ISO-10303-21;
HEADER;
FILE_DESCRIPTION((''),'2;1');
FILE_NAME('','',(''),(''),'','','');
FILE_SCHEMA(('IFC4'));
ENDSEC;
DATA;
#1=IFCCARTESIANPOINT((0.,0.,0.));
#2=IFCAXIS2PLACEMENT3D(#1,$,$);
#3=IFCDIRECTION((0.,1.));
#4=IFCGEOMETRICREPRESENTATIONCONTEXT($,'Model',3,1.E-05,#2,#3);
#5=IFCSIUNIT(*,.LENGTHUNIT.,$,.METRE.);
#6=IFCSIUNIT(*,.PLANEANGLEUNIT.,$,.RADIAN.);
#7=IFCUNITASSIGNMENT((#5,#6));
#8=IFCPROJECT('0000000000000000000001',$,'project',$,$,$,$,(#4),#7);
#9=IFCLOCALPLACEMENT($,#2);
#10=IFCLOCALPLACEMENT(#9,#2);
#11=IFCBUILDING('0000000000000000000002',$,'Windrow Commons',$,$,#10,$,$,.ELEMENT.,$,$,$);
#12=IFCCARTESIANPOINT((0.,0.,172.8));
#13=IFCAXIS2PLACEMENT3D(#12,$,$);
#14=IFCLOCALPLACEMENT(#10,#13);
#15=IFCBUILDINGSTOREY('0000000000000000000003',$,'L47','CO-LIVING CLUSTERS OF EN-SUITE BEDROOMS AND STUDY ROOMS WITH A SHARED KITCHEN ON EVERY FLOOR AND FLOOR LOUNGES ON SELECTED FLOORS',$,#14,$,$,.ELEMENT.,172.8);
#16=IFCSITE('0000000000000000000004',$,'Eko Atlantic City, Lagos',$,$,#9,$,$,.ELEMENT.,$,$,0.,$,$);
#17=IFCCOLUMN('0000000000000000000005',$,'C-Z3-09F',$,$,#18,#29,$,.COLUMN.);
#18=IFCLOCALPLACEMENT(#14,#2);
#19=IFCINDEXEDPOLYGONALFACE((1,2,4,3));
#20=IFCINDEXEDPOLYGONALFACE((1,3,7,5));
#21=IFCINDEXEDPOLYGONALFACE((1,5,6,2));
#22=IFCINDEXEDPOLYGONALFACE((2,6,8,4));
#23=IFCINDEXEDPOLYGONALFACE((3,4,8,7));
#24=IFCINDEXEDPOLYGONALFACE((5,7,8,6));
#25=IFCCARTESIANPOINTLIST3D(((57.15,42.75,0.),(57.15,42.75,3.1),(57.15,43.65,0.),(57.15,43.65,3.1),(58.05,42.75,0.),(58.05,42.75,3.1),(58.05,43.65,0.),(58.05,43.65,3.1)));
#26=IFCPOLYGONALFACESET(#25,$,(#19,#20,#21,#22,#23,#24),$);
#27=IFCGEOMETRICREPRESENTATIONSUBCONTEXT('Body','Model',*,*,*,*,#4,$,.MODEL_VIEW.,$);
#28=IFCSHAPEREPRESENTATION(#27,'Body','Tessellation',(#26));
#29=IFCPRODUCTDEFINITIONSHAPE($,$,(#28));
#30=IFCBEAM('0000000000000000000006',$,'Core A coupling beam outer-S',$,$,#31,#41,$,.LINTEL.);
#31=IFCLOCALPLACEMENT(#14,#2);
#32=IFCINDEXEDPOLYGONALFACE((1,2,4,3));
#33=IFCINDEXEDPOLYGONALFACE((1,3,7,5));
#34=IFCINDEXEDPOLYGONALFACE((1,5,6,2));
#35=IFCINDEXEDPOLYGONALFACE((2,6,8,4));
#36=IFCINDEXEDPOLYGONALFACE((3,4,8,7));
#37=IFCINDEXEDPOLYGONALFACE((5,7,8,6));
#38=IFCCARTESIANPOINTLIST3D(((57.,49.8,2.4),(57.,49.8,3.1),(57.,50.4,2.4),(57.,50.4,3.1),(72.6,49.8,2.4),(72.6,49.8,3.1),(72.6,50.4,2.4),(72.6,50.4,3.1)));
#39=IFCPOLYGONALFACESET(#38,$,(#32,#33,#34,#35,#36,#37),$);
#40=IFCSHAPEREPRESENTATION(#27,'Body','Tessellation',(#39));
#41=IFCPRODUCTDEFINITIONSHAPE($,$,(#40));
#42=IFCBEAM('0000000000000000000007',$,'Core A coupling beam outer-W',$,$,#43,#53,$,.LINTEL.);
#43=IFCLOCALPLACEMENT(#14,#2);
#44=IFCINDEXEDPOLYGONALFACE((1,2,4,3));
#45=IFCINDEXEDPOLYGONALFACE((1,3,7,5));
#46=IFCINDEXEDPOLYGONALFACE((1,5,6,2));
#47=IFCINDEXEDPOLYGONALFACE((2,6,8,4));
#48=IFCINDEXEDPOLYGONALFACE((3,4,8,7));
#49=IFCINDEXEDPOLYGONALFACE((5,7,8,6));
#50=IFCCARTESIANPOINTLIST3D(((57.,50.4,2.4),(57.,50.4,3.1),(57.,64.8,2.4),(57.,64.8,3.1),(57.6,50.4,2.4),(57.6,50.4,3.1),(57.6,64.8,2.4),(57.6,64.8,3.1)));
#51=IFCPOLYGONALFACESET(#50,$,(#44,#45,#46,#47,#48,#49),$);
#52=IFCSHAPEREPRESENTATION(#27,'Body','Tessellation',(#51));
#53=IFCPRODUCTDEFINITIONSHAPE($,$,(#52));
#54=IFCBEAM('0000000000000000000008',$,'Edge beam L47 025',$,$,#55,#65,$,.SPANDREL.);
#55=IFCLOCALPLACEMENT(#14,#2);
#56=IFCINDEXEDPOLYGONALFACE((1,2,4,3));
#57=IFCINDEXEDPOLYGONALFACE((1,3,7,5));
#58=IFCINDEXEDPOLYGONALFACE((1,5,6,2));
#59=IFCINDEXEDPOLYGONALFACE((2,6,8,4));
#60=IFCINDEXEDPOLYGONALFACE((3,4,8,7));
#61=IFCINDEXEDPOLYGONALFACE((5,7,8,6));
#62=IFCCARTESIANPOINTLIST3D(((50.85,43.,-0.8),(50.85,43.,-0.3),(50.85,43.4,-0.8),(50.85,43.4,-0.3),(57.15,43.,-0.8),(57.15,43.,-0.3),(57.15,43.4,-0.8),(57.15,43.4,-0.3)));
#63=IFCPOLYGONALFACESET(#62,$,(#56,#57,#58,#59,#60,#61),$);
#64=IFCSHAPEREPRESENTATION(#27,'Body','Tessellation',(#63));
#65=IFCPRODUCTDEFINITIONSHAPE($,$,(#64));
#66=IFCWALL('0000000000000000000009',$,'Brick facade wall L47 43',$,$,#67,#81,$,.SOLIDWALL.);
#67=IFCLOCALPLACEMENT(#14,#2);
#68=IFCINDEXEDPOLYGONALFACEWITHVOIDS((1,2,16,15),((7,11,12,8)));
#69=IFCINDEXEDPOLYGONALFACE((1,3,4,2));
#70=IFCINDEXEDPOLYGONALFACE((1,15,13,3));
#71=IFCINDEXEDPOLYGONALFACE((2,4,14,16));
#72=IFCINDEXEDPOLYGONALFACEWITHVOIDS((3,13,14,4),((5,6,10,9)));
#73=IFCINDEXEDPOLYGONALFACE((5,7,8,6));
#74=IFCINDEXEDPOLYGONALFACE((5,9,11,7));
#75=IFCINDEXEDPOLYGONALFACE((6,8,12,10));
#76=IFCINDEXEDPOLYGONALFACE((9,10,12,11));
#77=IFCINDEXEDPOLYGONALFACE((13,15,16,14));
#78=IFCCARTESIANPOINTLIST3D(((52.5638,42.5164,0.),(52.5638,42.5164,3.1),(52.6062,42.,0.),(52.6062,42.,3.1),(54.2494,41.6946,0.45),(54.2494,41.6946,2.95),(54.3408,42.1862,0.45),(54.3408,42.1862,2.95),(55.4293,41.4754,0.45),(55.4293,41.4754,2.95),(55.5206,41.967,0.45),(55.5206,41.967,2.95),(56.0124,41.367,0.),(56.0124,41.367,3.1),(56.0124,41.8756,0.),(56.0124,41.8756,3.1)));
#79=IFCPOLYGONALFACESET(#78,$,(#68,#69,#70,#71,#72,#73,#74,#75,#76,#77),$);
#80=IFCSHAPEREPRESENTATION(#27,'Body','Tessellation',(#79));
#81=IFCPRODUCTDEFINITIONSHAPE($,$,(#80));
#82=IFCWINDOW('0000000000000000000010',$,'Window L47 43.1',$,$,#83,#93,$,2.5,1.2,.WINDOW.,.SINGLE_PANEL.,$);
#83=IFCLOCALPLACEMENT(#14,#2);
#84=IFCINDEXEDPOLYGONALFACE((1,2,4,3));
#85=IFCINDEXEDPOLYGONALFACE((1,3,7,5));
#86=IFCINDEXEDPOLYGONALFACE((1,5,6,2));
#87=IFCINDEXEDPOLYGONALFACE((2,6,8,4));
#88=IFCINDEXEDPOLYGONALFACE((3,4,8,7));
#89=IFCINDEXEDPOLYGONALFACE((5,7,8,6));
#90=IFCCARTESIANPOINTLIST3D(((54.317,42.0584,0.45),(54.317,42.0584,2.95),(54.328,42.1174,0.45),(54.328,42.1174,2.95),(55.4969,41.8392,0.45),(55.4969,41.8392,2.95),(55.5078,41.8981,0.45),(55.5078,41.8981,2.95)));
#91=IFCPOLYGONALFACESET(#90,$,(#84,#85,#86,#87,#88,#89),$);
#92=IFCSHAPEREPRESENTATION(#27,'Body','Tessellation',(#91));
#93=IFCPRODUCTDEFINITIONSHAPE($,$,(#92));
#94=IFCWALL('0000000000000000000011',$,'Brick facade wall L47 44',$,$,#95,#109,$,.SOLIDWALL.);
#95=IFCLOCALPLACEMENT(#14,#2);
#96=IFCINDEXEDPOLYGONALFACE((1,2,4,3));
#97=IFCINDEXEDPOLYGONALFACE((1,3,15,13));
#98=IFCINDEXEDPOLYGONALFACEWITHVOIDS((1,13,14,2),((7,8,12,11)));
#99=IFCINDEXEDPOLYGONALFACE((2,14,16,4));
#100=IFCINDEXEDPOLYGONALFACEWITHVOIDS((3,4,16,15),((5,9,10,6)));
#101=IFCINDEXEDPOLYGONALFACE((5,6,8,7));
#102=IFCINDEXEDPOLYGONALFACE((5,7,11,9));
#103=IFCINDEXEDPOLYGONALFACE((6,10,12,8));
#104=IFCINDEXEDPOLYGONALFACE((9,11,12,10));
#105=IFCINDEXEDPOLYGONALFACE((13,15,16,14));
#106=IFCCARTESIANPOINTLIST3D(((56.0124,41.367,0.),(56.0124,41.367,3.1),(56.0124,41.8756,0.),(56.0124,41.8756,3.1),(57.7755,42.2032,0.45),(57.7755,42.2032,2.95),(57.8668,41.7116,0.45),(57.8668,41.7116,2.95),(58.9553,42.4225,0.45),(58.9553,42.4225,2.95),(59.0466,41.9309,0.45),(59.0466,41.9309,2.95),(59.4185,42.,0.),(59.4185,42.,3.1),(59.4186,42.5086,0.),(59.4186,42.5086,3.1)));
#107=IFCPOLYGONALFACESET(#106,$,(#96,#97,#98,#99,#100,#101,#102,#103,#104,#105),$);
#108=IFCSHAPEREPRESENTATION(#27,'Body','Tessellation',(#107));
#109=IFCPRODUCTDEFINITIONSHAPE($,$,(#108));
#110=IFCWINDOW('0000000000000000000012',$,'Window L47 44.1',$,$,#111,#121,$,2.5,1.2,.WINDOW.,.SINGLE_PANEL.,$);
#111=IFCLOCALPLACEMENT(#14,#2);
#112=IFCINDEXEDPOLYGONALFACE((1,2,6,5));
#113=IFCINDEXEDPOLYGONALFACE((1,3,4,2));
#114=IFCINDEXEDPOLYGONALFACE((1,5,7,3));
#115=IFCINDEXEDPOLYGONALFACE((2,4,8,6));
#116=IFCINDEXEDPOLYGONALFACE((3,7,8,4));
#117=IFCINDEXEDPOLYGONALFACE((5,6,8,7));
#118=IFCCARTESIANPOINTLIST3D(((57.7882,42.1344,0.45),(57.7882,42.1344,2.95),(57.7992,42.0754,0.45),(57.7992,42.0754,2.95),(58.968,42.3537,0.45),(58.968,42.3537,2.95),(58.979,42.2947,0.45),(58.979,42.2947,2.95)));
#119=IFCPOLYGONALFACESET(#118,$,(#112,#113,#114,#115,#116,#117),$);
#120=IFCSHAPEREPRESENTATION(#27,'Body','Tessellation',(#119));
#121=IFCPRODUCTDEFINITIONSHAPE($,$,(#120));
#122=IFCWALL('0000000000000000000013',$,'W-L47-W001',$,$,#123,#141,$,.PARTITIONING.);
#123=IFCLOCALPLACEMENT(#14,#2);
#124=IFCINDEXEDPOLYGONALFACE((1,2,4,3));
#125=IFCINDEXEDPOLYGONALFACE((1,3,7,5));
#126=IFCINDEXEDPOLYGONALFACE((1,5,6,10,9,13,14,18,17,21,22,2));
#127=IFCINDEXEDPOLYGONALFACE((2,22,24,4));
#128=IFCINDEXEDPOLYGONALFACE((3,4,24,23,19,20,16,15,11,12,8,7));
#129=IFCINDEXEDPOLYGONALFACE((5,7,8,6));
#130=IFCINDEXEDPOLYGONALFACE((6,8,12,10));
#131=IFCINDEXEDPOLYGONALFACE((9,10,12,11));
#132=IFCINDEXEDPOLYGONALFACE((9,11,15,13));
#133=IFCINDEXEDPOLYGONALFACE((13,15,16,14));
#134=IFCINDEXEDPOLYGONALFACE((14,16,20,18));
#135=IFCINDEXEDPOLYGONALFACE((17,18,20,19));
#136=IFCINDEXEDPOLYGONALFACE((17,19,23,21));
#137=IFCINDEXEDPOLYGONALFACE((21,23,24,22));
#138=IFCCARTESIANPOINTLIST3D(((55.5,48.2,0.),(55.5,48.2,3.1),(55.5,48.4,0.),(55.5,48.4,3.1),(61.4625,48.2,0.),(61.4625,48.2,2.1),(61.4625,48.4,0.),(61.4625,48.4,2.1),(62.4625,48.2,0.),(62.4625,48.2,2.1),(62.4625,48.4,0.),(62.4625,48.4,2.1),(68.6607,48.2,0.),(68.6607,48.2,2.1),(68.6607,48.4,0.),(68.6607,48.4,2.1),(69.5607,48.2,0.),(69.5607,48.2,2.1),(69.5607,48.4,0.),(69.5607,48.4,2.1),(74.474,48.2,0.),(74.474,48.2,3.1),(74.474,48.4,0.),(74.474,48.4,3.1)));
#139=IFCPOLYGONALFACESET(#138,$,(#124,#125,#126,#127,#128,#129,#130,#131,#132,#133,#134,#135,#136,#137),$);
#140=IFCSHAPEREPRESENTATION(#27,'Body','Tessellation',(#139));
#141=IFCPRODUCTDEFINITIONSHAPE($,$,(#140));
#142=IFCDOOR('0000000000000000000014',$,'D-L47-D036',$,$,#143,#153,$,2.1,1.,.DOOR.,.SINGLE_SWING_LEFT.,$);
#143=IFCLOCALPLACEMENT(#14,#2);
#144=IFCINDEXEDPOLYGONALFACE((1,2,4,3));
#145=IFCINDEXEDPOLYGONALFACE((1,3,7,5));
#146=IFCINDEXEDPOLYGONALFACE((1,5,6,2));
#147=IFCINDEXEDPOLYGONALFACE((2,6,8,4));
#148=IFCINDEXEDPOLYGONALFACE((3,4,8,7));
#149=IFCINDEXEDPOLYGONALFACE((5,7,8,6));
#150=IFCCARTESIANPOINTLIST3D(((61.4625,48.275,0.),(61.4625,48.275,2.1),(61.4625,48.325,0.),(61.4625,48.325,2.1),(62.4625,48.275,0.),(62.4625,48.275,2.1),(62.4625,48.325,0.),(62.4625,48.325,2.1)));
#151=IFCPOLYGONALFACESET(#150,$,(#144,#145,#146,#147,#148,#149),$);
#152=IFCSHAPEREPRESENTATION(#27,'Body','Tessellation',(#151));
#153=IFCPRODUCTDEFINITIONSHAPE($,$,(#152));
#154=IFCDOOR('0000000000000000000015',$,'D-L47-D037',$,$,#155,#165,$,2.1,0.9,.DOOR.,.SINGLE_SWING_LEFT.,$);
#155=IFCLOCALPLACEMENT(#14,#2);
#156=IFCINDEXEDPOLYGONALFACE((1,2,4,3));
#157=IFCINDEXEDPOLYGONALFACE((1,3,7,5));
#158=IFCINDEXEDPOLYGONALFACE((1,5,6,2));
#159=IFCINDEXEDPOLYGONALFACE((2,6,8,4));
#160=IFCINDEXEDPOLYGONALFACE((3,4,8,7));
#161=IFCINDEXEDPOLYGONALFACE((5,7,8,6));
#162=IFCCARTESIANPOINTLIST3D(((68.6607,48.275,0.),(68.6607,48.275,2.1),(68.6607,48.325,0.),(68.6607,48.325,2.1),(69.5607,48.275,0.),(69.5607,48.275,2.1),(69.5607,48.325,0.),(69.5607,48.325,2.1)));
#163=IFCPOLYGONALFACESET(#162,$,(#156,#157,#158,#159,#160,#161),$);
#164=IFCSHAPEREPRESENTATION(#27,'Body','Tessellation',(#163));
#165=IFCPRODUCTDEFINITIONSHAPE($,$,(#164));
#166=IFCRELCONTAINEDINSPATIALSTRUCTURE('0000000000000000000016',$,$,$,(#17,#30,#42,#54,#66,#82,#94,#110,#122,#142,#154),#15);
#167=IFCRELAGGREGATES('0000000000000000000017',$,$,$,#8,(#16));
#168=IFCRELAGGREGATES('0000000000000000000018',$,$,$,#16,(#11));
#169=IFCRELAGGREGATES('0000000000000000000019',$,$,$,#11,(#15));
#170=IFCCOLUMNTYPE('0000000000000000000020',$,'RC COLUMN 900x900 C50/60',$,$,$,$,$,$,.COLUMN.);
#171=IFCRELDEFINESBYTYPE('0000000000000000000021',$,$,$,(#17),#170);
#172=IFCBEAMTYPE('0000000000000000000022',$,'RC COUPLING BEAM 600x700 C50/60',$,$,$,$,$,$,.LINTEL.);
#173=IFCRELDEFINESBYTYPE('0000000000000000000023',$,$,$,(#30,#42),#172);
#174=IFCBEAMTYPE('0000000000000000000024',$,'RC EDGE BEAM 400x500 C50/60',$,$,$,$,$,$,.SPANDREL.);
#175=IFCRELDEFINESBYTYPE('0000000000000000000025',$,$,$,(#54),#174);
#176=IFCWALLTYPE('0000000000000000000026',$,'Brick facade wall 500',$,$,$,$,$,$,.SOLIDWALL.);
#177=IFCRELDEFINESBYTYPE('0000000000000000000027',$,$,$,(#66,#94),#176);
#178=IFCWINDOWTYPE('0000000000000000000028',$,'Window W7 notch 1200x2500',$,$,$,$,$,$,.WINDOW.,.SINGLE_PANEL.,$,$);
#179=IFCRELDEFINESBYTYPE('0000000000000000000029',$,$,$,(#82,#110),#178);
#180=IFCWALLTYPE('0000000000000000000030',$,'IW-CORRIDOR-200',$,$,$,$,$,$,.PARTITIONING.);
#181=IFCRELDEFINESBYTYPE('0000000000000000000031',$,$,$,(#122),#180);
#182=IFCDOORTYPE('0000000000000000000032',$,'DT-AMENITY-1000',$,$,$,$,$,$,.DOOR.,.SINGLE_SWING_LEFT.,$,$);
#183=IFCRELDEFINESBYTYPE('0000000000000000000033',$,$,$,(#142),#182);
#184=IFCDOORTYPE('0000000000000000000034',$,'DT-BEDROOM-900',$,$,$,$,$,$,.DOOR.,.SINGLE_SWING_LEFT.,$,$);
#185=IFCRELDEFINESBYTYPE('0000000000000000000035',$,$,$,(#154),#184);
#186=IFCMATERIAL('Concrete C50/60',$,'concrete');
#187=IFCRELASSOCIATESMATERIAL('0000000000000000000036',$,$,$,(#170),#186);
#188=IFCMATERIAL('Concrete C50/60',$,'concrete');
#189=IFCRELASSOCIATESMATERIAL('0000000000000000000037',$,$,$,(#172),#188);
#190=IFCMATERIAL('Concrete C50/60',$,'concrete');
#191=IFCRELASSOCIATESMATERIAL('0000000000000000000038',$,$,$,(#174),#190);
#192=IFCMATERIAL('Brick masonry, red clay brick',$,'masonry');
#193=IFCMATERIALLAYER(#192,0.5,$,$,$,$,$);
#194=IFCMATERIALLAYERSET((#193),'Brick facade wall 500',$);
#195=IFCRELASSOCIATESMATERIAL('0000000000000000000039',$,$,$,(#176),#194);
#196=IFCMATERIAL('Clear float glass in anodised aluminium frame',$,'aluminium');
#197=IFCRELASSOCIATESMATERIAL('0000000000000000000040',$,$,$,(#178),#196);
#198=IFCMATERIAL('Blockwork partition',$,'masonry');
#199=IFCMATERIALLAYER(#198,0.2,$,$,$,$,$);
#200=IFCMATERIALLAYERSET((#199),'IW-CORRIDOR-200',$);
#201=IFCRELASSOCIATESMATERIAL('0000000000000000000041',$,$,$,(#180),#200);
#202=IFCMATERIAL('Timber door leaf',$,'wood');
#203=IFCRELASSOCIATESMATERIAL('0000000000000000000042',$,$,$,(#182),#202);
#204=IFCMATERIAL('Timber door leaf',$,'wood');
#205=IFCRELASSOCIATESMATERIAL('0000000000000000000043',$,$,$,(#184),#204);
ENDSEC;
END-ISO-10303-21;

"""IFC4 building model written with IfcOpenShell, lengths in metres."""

from ifc_helpers import new_model, si_unit, direction, frame, frame_2d, origin, origin_2d, place, context, subcontext, project, spatial, polyline, rectangle, outline, extrude, material, layer, layer_set, material_profile, profile_set, type_object, element, fill, save


model = new_model("IFC4")

# Units and contexts
model_context = context("Model", 3, precision=1e-05, world=origin(), true_north=direction((0.0, 1.0)))
body_context = subcontext(model_context, "Body", "Model", "MODEL_VIEW")
ifc_project = project(units=[si_unit("LENGTHUNIT", "METRE"), si_unit("PLANEANGLEUNIT", "RADIAN")], contexts=[model_context])

# Site, building, storey
site_placement = place(None, origin())
site = spatial("IfcSite", under=ifc_project, at=site_placement, Name="Eko Atlantic City, Lagos", CompositionType="ELEMENT", RefElevation=0.0)
building_placement = place(site_placement, origin())
building = spatial("IfcBuilding", under=site, at=building_placement, Name="Windrow Commons", CompositionType="ELEMENT")
storey_placement = place(building_placement, frame((0.0, 0.0, 172.8)))
storey = spatial("IfcBuildingStorey", under=building, at=storey_placement, Name="L47", Description="CO-LIVING CLUSTERS OF EN-SUITE BEDROOMS AND STUDY ROOMS WITH A SHARED KITCHEN ON EVERY FLOOR AND FLOOR LOUNGES ON SELECTED FLOORS", CompositionType="ELEMENT", Elevation=172.8)

# Column
ifc_material_1 = material(Name="Concrete C50/60", Category="concrete")
ifc_material_profile_1 = material_profile(ifc_material_1, rectangle(XDim=0.9, YDim=0.9, at=origin_2d()))
ifc_profile_set_1 = profile_set([ifc_material_profile_1], Name="Concrete C50/60")
column_type = type_object("IfcColumnType", Name="RC COLUMN 900x900 C50/60", PredefinedType="COLUMN", material=ifc_profile_set_1)
column_placement = place(storey_placement, frame((57.6, 43.2, 0.0), z_axis=(0.0, 0.0, 1.0), x_axis=(1.0, 0.0, 0.0)))
element("IfcColumn", 1, at=column_placement, inside=storey, type_object=column_type, Name="C-Z3-09F", PredefinedType="COLUMN", context=body_context, shape_type="SweptSolid", body=[
    extrude(rectangle(XDim=0.9, YDim=0.9, at=origin_2d()), origin(), (0.0, 0.0, 1.0), 3.1),
])

# Beams
ifc_material_2 = material(Name="Concrete C50/60", Category="concrete")
ifc_material_profile_2 = material_profile(ifc_material_2, rectangle(XDim=0.6, YDim=0.7, at=origin_2d()))
ifc_profile_set_2 = profile_set([ifc_material_profile_2], Name="Concrete C50/60")
beam_type_1 = type_object("IfcBeamType", Name="RC COUPLING BEAM 600x700 C50/60", PredefinedType="LINTEL", material=ifc_profile_set_2)
beam_1_placement = place(storey_placement, frame((57.0, 50.1, 2.75), z_axis=(1.0, 0.0, 0.0), x_axis=(0.0, 1.0, 0.0)))
element("IfcBeam", 2, at=beam_1_placement, inside=storey, type_object=beam_type_1, Name="Core A coupling beam outer-S", PredefinedType="LINTEL", context=body_context, shape_type="SweptSolid", body=[
    extrude(rectangle(XDim=0.6, YDim=0.7, at=origin_2d()), origin(), (0.0, 0.0, 1.0), 15.6),
])
beam_2_placement = place(storey_placement, frame((57.3, 50.4, 2.75), z_axis=(0.0, 1.0, 0.0), x_axis=(-1.0, 0.0, 0.0)))
element("IfcBeam", 3, at=beam_2_placement, inside=storey, type_object=beam_type_1, Name="Core A coupling beam outer-W", PredefinedType="LINTEL", context=body_context, shape_type="SweptSolid", body=[
    extrude(rectangle(XDim=0.6, YDim=0.7, at=origin_2d()), origin(), (0.0, 0.0, 1.0), 14.4),
])
ifc_material_3 = material(Name="Concrete C50/60", Category="concrete")
ifc_material_profile_3 = material_profile(ifc_material_3, rectangle(XDim=0.4, YDim=0.5, at=origin_2d()))
ifc_profile_set_3 = profile_set([ifc_material_profile_3], Name="Concrete C50/60")
beam_type_2 = type_object("IfcBeamType", Name="RC EDGE BEAM 400x500 C50/60", PredefinedType="SPANDREL", material=ifc_profile_set_3)
beam_3_placement = place(storey_placement, frame((57.15, 43.2, -0.55), z_axis=(-1.0, 0.0, 0.0), x_axis=(0.0, -1.0, 0.0)))
element("IfcBeam", 4, at=beam_3_placement, inside=storey, type_object=beam_type_2, Name="Edge beam L47 025", PredefinedType="SPANDREL", context=body_context, shape_type="SweptSolid", body=[
    extrude(rectangle(XDim=0.4, YDim=0.5, at=origin_2d()), origin(), (0.0, 0.0, 1.0), 6.3),
])

# Walls, openings, windows
ifc_material_4 = material(Name="Brick masonry, red clay brick", Category="masonry")
ifc_layer_1 = layer(ifc_material_4, 0.5)
ifc_layer_set_1 = layer_set([ifc_layer_1], Name="Brick facade wall 500")
wall_type_1 = type_object("IfcWallType", Name="Brick facade wall 500", PredefinedType="SOLIDWALL", material=ifc_layer_set_1)
wall_1_placement = place(storey_placement, frame((52.585, 42.2582, 0.0), z_axis=(0.0, 0.0, 1.0), x_axis=(0.983169, -0.182698, 0.0)))
wall_1 = element("IfcWall", 5, at=wall_1_placement, inside=storey, type_object=wall_type_1, Name="Brick facade wall L47 43", PredefinedType="SOLIDWALL", context=body_context, shape_type="SweptSolid", body=[
    extrude(outline(polyline([(0.068, -0.25), (3.5325, -0.25), (3.4396, 0.25), (-0.068, 0.25), (0.068, -0.25)])), origin(), (0.0, 0.0, 1.0), 3.1),
])
opening_1_placement = place(wall_1_placement, frame((1.7394, 0.0, 0.45)))
opening_1 = element("IfcOpeningElement", 6, at=opening_1_placement, cuts=wall_1, PredefinedType="OPENING", context=body_context, shape_type="SweptSolid", body=[
    extrude(rectangle(XDim=1.2, YDim=2.5, at=frame_2d((0.6, 1.25))), frame((0.0, 0.26, 0.0), z_axis=(0.0, -1.0, 0.0), x_axis=(1.0, 0.0, 0.0)), (0.0, 0.0, 1.0), 0.52),
])
ifc_material_5 = material(Name="Clear float glass in anodised aluminium frame", Category="aluminium")
window_type = type_object("IfcWindowType", Name="Window W7 notch 1200x2500", PartitioningType="SINGLE_PANEL", PredefinedType="WINDOW", material=ifc_material_5)
window_1_placement = place(opening_1_placement, origin())
window_1 = element("IfcWindow", 7, at=window_1_placement, inside=storey, type_object=window_type, Name="Window L47 43.1", OverallHeight=2.5, OverallWidth=1.2, PartitioningType="SINGLE_PANEL", PredefinedType="WINDOW", context=body_context, shape_type="SweptSolid", body=[
    extrude(rectangle(XDim=1.2, YDim=2.5, at=frame_2d((0.6, 1.25))), frame((0.0, 0.18, 0.0), z_axis=(0.0, -1.0, 0.0), x_axis=(1.0, 0.0, 0.0)), (0.0, 0.0, 1.0), 0.06),
])
fill(opening_1, window_1)
wall_2_placement = place(storey_placement, frame((56.0124, 41.6213, 0.0), z_axis=(0.0, 0.0, 1.0), x_axis=(0.983166, 0.182715, 0.0)))
wall_2 = element("IfcWall", 8, at=wall_2_placement, inside=storey, type_object=wall_type_1, Name="Brick facade wall L47 44", PredefinedType="SOLIDWALL", context=body_context, shape_type="SweptSolid", body=[
    extrude(outline(polyline([(-0.0465, -0.25), (3.418, -0.25), (3.511, 0.25), (0.0465, 0.25), (-0.0465, -0.25)])), origin(), (0.0, 0.0, 1.0), 3.1),
])
opening_2_placement = place(wall_2_placement, frame((1.8397, 0.0, 0.45)))
opening_2 = element("IfcOpeningElement", 9, at=opening_2_placement, cuts=wall_2, PredefinedType="OPENING", context=body_context, shape_type="SweptSolid", body=[
    extrude(rectangle(XDim=1.2, YDim=2.5, at=frame_2d((0.6, 1.25))), frame((0.0, 0.26, 0.0), z_axis=(0.0, -1.0, 0.0), x_axis=(1.0, 0.0, 0.0)), (0.0, 0.0, 1.0), 0.52),
])
window_2_placement = place(opening_2_placement, origin())
window_2 = element("IfcWindow", 10, at=window_2_placement, inside=storey, type_object=window_type, Name="Window L47 44.1", OverallHeight=2.5, OverallWidth=1.2, PartitioningType="SINGLE_PANEL", PredefinedType="WINDOW", context=body_context, shape_type="SweptSolid", body=[
    extrude(rectangle(XDim=1.2, YDim=2.5, at=frame_2d((0.6, 1.25))), frame((0.0, 0.18, 0.0), z_axis=(0.0, -1.0, 0.0), x_axis=(1.0, 0.0, 0.0)), (0.0, 0.0, 1.0), 0.06),
])
fill(opening_2, window_2)

# Wall, openings, doors
ifc_material_6 = material(Name="Blockwork partition", Category="masonry")
ifc_layer_2 = layer(ifc_material_6, 0.2)
ifc_layer_set_2 = layer_set([ifc_layer_2], Name="IW-CORRIDOR-200")
wall_type_2 = type_object("IfcWallType", Name="IW-CORRIDOR-200", PredefinedType="PARTITIONING", material=ifc_layer_set_2)
wall_3_placement = place(storey_placement, frame((55.5, 48.3, 0.0), z_axis=(0.0, 0.0, 1.0), x_axis=(1.0, 0.0, 0.0)))
wall_3 = element("IfcWall", 11, at=wall_3_placement, inside=storey, type_object=wall_type_2, Name="W-L47-W001", PredefinedType="PARTITIONING", context=body_context, shape_type="SweptSolid", body=[
    extrude(rectangle(XDim=18.974, YDim=0.2, at=frame_2d((9.487, 0.0))), origin(), (0.0, 0.0, 1.0), 3.1),
])
opening_3_placement = place(wall_3_placement, frame((5.9625, 0.0, 0.0)))
opening_3 = element("IfcOpeningElement", 12, at=opening_3_placement, cuts=wall_3, PredefinedType="OPENING", context=body_context, shape_type="SweptSolid", body=[
    extrude(rectangle(XDim=1.0, YDim=2.1, at=frame_2d((0.5, 1.05))), frame((0.0, 0.11, 0.0), z_axis=(0.0, -1.0, 0.0), x_axis=(1.0, 0.0, 0.0)), (0.0, 0.0, 1.0), 0.22),
])
opening_4_placement = place(wall_3_placement, frame((13.1607, 0.0, 0.0)))
opening_4 = element("IfcOpeningElement", 13, at=opening_4_placement, cuts=wall_3, PredefinedType="OPENING", context=body_context, shape_type="SweptSolid", body=[
    extrude(rectangle(XDim=0.9, YDim=2.1, at=frame_2d((0.45, 1.05))), frame((0.0, 0.11, 0.0), z_axis=(0.0, -1.0, 0.0), x_axis=(1.0, 0.0, 0.0)), (0.0, 0.0, 1.0), 0.22),
])
ifc_material_7 = material(Name="Timber door leaf", Category="wood")
door_type_1 = type_object("IfcDoorType", Name="DT-AMENITY-1000", OperationType="SINGLE_SWING_LEFT", PredefinedType="DOOR", material=ifc_material_7)
door_1_placement = place(opening_3_placement, origin())
door_1 = element("IfcDoor", 14, at=door_1_placement, inside=storey, type_object=door_type_1, Name="D-L47-D036", OperationType="SINGLE_SWING_LEFT", OverallHeight=2.1, OverallWidth=1.0, PredefinedType="DOOR", context=body_context, shape_type="SweptSolid", body=[
    extrude(rectangle(XDim=1.0, YDim=2.1, at=frame_2d((0.5, 1.05))), frame((0.0, 0.025, 0.0), z_axis=(0.0, -1.0, 0.0), x_axis=(1.0, 0.0, 0.0)), (0.0, 0.0, 1.0), 0.05),
])
fill(opening_3, door_1)
ifc_material_8 = material(Name="Timber door leaf", Category="wood")
door_type_2 = type_object("IfcDoorType", Name="DT-BEDROOM-900", OperationType="SINGLE_SWING_LEFT", PredefinedType="DOOR", material=ifc_material_8)
door_2_placement = place(opening_4_placement, origin())
door_2 = element("IfcDoor", 15, at=door_2_placement, inside=storey, type_object=door_type_2, Name="D-L47-D037", OperationType="SINGLE_SWING_LEFT", OverallHeight=2.1, OverallWidth=0.9, PredefinedType="DOOR", context=body_context, shape_type="SweptSolid", body=[
    extrude(rectangle(XDim=0.9, YDim=2.1, at=frame_2d((0.45, 1.05))), frame((0.0, 0.025, 0.0), z_axis=(0.0, -1.0, 0.0), x_axis=(1.0, 0.0, 0.0)), (0.0, 0.0, 1.0), 0.05),
])
fill(opening_4, door_2)

save(model, "model.ifc")
